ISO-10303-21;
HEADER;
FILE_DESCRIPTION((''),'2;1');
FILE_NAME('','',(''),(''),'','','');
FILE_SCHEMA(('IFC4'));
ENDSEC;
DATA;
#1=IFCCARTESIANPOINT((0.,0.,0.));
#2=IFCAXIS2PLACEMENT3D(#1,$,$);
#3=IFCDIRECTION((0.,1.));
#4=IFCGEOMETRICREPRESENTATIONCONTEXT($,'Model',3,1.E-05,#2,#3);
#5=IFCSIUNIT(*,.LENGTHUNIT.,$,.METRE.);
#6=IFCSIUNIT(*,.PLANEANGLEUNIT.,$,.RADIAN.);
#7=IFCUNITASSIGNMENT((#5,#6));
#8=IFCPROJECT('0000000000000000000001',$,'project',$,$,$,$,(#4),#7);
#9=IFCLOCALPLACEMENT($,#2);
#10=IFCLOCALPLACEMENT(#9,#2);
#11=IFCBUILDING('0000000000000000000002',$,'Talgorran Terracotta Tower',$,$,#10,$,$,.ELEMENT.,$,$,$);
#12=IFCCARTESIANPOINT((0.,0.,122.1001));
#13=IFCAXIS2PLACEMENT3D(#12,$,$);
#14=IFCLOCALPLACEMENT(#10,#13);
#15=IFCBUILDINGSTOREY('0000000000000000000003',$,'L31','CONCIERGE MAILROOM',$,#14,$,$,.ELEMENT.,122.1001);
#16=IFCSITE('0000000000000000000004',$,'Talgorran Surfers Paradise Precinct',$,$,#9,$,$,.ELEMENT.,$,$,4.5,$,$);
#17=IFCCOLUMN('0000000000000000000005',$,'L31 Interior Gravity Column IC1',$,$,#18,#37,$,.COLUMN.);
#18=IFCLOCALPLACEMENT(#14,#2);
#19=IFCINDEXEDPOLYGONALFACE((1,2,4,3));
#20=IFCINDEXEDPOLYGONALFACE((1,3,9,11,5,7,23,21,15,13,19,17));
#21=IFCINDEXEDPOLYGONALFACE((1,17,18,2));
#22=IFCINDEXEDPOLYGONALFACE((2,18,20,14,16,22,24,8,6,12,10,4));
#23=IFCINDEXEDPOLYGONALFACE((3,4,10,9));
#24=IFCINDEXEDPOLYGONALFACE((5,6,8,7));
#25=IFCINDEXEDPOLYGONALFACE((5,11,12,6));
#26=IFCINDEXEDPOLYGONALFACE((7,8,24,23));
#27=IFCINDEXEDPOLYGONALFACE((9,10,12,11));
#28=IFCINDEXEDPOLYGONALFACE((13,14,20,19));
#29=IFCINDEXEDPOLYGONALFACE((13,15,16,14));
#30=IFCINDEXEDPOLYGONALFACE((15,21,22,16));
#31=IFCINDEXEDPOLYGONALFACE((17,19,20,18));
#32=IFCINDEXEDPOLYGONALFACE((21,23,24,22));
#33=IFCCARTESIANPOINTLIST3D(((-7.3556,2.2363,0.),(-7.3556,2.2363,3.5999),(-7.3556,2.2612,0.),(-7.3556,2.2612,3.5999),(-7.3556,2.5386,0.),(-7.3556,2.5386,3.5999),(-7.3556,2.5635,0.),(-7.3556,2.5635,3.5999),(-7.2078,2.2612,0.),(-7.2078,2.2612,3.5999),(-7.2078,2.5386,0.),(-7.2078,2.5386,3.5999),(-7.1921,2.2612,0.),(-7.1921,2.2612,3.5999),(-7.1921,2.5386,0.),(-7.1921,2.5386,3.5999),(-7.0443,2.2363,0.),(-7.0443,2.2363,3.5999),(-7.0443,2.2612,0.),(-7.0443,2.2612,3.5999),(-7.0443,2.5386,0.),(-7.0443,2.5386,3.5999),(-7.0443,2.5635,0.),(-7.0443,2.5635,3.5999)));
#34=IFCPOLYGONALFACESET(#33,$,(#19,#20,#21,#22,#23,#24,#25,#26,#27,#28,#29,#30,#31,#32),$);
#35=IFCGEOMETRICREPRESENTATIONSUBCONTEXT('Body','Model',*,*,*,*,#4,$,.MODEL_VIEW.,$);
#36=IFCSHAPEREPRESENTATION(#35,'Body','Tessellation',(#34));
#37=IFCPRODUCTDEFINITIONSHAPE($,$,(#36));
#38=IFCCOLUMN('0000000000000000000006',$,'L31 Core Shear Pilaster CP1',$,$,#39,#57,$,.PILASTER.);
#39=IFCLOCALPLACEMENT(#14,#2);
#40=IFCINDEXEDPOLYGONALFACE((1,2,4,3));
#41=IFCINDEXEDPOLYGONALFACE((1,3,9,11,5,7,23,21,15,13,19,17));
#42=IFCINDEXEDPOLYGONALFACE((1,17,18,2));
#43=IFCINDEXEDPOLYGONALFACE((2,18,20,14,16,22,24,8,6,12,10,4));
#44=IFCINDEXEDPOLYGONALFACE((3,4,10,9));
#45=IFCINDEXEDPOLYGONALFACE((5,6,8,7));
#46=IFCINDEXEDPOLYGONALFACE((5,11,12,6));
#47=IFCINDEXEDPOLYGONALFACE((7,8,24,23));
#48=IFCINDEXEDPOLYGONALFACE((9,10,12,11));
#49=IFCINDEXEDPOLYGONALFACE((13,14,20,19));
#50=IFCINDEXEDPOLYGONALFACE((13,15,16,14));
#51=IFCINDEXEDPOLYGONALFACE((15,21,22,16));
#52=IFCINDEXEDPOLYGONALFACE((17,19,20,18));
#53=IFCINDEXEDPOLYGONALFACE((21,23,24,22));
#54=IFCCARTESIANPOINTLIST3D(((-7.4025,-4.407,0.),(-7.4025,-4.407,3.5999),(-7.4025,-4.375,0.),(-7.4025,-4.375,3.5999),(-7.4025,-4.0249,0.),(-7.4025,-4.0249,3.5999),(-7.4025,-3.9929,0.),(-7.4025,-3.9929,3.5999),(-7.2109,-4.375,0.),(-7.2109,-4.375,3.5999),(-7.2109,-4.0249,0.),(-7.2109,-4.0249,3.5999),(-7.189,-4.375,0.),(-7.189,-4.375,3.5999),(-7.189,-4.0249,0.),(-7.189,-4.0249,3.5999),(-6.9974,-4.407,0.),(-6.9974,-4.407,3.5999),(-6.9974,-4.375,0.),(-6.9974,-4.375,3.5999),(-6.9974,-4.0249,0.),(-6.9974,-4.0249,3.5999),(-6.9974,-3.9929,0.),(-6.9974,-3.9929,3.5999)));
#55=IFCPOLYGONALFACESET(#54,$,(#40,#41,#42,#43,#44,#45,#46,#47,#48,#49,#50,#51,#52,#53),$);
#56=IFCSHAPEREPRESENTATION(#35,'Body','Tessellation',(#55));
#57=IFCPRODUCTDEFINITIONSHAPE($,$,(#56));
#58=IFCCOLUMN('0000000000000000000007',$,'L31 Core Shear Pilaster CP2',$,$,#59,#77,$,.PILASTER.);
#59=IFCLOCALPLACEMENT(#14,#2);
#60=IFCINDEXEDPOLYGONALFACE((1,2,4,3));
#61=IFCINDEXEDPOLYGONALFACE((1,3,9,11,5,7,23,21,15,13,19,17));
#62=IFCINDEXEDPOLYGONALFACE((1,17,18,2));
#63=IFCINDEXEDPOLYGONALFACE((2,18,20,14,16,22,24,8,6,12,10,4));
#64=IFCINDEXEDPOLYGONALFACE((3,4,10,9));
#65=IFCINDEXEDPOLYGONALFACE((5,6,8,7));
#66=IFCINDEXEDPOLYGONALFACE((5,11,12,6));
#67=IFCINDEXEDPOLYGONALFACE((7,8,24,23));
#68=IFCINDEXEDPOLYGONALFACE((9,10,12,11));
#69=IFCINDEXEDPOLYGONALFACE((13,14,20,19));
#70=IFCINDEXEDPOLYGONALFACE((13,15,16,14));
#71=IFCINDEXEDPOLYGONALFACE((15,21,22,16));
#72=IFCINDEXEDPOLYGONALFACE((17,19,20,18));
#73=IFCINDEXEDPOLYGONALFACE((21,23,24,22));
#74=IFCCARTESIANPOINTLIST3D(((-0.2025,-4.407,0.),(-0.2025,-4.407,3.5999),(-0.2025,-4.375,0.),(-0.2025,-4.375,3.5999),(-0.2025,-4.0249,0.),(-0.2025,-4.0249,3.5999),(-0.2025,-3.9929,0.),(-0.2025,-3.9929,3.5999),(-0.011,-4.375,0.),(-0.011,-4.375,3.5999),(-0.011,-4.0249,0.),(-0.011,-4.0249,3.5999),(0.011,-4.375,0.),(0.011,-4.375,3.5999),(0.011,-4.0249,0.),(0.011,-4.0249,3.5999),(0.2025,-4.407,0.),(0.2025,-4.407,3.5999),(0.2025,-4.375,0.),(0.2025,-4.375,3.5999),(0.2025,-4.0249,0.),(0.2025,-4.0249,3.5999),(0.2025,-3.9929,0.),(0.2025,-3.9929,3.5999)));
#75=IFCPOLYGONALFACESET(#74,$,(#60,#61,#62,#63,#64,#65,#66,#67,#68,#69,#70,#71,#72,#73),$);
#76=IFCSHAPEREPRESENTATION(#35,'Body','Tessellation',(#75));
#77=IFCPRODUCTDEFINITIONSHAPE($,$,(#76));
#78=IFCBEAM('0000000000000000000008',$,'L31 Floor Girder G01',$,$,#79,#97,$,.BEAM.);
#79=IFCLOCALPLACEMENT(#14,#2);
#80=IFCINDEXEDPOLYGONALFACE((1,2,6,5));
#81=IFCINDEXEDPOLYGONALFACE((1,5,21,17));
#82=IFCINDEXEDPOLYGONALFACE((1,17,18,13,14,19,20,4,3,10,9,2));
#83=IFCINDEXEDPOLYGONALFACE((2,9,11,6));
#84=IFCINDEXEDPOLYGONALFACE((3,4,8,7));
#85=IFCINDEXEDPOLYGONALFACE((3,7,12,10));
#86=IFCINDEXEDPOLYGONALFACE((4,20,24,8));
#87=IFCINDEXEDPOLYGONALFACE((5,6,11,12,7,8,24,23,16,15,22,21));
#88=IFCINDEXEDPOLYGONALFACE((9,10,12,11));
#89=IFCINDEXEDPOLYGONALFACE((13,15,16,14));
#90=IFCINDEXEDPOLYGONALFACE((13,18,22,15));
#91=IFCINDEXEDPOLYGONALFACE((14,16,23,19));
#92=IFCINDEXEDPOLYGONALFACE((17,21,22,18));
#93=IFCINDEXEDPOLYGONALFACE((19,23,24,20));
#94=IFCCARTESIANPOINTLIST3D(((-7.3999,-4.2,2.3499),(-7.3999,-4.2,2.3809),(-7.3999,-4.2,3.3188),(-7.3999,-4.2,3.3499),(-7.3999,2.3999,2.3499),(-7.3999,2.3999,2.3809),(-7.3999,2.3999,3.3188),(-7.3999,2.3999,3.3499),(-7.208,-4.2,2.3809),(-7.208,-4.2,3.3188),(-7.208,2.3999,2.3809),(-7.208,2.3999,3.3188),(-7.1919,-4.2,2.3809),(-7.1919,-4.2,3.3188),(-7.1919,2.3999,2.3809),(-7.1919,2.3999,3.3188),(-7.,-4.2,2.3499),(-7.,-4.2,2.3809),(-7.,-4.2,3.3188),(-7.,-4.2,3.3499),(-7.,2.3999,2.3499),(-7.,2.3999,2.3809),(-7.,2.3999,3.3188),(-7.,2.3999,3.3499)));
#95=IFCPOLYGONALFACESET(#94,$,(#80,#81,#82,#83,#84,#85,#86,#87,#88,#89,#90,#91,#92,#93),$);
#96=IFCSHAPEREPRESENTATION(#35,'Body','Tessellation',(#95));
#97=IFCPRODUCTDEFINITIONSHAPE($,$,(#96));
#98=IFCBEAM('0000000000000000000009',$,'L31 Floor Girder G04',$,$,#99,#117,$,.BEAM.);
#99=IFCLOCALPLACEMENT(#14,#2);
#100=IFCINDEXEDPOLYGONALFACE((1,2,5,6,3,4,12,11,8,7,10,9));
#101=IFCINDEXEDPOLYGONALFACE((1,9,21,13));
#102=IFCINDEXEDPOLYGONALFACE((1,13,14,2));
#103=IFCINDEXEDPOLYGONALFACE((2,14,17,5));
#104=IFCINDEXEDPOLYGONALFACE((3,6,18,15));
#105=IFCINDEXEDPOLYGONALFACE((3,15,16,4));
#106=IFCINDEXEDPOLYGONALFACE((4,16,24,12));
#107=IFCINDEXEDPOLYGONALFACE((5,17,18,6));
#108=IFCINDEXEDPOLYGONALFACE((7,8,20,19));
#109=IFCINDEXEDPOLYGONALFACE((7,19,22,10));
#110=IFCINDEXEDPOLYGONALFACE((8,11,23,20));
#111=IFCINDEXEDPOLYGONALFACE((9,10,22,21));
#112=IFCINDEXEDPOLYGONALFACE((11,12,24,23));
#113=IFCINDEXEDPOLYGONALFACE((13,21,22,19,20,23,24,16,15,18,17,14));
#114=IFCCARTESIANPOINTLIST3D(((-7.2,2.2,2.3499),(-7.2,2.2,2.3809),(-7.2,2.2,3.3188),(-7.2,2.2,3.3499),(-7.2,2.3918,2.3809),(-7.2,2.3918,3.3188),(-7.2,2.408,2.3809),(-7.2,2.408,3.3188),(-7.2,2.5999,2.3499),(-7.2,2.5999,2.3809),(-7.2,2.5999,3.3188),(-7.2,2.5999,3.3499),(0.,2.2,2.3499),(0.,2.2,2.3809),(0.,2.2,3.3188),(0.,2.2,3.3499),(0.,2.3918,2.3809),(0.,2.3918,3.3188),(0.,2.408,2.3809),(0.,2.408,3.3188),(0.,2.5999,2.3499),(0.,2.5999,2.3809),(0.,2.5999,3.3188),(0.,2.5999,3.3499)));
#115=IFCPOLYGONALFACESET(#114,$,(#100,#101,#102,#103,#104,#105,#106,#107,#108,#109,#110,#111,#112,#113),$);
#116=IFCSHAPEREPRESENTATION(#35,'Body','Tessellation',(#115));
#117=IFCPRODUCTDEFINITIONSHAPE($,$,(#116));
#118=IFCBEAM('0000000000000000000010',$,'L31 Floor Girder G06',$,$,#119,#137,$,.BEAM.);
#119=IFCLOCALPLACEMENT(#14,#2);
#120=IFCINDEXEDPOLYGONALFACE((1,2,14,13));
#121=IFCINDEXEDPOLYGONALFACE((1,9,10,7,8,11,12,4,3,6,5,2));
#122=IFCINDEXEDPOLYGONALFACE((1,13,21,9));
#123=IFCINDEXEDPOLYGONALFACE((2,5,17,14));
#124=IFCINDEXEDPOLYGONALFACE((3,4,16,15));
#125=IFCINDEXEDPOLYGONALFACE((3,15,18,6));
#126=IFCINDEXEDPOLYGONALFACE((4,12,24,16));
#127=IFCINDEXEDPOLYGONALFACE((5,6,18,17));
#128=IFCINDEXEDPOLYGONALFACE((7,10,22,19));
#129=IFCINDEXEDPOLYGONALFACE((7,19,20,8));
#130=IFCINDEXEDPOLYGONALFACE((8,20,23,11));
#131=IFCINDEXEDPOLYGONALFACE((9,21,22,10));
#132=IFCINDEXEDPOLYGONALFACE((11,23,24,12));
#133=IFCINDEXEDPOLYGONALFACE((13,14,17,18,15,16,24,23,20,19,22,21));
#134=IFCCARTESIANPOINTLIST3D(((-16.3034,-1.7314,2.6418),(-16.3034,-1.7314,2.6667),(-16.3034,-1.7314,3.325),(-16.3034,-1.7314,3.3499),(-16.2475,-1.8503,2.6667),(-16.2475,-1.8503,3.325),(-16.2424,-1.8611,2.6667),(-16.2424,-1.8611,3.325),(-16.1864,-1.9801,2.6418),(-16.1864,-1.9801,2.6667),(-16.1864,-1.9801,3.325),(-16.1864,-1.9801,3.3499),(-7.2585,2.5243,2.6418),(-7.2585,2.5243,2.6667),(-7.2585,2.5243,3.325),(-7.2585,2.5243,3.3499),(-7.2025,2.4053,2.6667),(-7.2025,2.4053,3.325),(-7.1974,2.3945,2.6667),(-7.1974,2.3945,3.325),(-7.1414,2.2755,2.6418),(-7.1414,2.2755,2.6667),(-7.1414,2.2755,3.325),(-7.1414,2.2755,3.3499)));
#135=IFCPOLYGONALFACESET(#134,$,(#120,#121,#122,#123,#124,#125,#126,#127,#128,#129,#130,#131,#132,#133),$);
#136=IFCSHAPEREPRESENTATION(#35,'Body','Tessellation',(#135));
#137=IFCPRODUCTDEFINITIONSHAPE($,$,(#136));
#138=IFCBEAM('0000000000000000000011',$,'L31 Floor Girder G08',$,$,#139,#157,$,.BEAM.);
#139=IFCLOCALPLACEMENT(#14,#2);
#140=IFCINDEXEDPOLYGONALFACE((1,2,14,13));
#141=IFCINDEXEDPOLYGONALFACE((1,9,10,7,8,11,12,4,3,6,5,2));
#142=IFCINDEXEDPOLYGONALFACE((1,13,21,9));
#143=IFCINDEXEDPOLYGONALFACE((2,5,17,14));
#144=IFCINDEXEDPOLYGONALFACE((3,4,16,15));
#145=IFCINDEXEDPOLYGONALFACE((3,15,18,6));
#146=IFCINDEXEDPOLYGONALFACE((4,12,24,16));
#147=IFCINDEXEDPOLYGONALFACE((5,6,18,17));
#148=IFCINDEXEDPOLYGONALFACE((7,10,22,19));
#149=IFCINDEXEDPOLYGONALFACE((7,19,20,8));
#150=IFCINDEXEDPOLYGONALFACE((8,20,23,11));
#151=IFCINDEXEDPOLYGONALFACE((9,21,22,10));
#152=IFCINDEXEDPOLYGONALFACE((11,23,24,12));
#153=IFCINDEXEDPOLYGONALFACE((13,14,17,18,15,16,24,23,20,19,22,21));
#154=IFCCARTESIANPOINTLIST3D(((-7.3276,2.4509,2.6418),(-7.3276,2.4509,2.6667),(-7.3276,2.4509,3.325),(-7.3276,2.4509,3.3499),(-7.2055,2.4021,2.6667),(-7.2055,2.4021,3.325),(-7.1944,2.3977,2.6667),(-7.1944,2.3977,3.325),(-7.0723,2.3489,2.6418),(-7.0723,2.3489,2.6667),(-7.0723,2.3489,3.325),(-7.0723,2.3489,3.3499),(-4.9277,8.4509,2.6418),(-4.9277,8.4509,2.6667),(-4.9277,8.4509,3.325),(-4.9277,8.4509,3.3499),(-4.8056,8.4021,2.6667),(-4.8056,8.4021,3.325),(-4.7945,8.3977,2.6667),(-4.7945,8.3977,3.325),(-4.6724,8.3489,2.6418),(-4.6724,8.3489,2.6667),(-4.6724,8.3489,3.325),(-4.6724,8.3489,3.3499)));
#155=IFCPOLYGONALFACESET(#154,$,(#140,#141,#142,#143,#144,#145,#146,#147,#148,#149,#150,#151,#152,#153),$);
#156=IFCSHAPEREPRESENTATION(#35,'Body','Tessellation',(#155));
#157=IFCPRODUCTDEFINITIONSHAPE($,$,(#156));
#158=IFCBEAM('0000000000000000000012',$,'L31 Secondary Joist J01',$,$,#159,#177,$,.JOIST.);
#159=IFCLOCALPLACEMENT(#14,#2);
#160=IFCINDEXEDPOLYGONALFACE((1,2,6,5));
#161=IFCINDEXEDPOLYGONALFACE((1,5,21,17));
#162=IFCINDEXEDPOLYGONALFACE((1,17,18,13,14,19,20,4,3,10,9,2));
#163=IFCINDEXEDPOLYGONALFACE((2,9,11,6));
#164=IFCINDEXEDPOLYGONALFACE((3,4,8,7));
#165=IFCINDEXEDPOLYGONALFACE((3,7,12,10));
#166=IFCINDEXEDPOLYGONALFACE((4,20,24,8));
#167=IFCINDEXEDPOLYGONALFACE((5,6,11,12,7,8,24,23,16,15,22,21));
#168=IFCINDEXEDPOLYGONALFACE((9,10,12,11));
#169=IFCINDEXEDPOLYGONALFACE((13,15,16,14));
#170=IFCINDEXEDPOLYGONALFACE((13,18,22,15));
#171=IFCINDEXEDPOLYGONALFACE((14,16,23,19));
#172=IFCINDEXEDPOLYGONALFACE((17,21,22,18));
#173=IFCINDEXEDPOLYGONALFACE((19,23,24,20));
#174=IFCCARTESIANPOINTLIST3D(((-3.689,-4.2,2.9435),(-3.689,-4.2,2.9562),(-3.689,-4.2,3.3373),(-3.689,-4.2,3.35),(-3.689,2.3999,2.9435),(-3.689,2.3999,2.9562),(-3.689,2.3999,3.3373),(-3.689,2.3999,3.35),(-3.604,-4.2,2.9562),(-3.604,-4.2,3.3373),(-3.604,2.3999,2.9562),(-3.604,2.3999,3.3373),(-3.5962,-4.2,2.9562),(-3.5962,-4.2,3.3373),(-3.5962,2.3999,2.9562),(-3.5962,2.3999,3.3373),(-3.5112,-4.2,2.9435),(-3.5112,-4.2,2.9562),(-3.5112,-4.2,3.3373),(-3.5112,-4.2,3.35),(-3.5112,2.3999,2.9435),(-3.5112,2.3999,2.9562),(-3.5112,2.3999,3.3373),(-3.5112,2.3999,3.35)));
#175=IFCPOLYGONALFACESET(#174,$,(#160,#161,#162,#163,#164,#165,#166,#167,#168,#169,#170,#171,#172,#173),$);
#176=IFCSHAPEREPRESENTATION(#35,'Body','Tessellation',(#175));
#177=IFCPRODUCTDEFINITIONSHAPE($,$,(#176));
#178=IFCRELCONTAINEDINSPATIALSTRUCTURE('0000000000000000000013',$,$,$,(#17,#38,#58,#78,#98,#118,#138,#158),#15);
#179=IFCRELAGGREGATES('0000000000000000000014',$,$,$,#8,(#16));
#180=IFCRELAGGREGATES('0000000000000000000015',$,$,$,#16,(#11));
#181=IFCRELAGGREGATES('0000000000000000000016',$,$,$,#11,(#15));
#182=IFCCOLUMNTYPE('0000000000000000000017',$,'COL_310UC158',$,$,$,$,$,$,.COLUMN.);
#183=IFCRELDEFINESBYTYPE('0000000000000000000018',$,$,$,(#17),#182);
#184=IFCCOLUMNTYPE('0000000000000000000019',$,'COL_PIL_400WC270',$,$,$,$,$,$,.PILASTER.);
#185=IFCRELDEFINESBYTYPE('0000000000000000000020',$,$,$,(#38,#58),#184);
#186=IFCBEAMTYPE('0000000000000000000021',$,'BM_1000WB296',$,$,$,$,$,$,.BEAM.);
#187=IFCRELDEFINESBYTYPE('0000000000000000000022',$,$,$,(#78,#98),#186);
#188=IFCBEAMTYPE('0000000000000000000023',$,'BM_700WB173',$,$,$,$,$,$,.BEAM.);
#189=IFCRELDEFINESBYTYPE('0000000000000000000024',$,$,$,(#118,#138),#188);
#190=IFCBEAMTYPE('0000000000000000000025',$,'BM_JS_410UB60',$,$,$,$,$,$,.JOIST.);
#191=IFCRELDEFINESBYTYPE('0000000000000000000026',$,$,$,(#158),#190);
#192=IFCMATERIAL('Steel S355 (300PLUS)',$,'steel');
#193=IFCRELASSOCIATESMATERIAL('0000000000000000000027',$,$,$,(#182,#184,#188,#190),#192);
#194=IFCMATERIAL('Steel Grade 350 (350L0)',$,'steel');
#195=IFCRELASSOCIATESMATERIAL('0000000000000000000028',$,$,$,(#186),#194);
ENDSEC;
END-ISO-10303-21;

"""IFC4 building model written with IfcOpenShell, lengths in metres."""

from ifc_helpers import new_model, si_unit, direction, frame, origin, origin_2d, place, context, subcontext, project, spatial, i_section, extrude, material, material_profile, profile_set, type_object, element, save


model = new_model("IFC4")

# Units and contexts
model_context = context("Model", 3, precision=1e-05, world=origin(), true_north=direction((0.0, 1.0)))
body_context = subcontext(model_context, "Body", "Model", "MODEL_VIEW")
ifc_project = project(units=[si_unit("LENGTHUNIT", "METRE"), si_unit("PLANEANGLEUNIT", "RADIAN")], contexts=[model_context])

# Site, building, storey
site_placement = place(None, origin())
site = spatial("IfcSite", under=ifc_project, at=site_placement, Name="Talgorran Surfers Paradise Precinct", CompositionType="ELEMENT", RefElevation=4.5)
building_placement = place(site_placement, origin())
building = spatial("IfcBuilding", under=site, at=building_placement, Name="Talgorran Terracotta Tower", CompositionType="ELEMENT")
storey_placement = place(building_placement, frame((0.0, 0.0, 122.1001)))
storey = spatial("IfcBuildingStorey", under=building, at=storey_placement, Name="L31", Description="CONCIERGE MAILROOM", CompositionType="ELEMENT", Elevation=122.1001)

# Columns
ifc_material_1 = material(Name="Steel S355 (300PLUS)", Category="steel")
ifc_material_profile_1 = material_profile(ifc_material_1, i_section(OverallWidth=0.3113, OverallDepth=0.3271, WebThickness=0.0156, FlangeThickness=0.0249, at=origin_2d()), Name="310UC158")
ifc_profile_set_1 = profile_set([ifc_material_profile_1], Name="Steel S355 (300PLUS)")
column_type_1 = type_object("IfcColumnType", Name="COL_310UC158", PredefinedType="COLUMN", material=ifc_profile_set_1)
column_placement = place(storey_placement, frame((-7.2, 2.3999, 0.0), z_axis=(0.0, 0.0, 1.0), x_axis=(1.0, 0.0, 0.0)))
element("IfcColumn", 1, at=column_placement, inside=storey, type_object=column_type_1, Name="L31 Interior Gravity Column IC1", PredefinedType="COLUMN", context=body_context, shape_type="SweptSolid", body=[
    extrude(i_section(OverallWidth=0.3113, OverallDepth=0.3271, WebThickness=0.0156, FlangeThickness=0.0249, at=origin_2d()), origin(), (0.0, 0.0, 1.0), 3.5999),
])
ifc_material_profile_2 = material_profile(ifc_material_1, i_section(OverallWidth=0.405, OverallDepth=0.4141, WebThickness=0.022, FlangeThickness=0.032, at=origin_2d()), Name="400WC270")
ifc_profile_set_2 = profile_set([ifc_material_profile_2], Name="Steel S355 (300PLUS)")
column_type_2 = type_object("IfcColumnType", Name="COL_PIL_400WC270", PredefinedType="PILASTER", material=ifc_profile_set_2)
for number, where, z_axis, x_axis, name in (
    (2, (-7.2, -4.2, 0.0), (0.0, 0.0, 1.0), (1.0, 0.0, 0.0), "L31 Core Shear Pilaster CP1"),
    (3, (0.0, -4.2, 0.0), (0.0, 0.0, 1.0), (1.0, 0.0, 0.0), "L31 Core Shear Pilaster CP2"),
):
    element("IfcColumn", number, at=place(storey_placement, frame(where, z_axis=z_axis, x_axis=x_axis)), inside=storey, type_object=column_type_2, Name=name, PredefinedType="PILASTER", context=body_context, shape_type="SweptSolid", body=[
        extrude(i_section(OverallWidth=0.405, OverallDepth=0.4141, WebThickness=0.022, FlangeThickness=0.032, at=origin_2d()), origin(), (0.0, 0.0, 1.0), 3.5999),
    ])

# Beams
ifc_material_2 = material(Name="Steel Grade 350 (350L0)", Category="steel")
ifc_material_profile_3 = material_profile(ifc_material_2, i_section(OverallWidth=0.3999, OverallDepth=1.0, WebThickness=0.0161, FlangeThickness=0.031, at=origin_2d()), Name="1000WB296")
ifc_profile_set_3 = profile_set([ifc_material_profile_3], Name="Steel Grade 350 (350L0)")
beam_type_1 = type_object("IfcBeamType", Name="BM_1000WB296", PredefinedType="BEAM", material=ifc_profile_set_3)
beam_1_placement = place(storey_placement, frame((-7.2, -4.2, 2.8499), z_axis=(0.0, 1.0, 0.0), x_axis=(-1.0, 0.0, 0.0)))
element("IfcBeam", 4, at=beam_1_placement, inside=storey, type_object=beam_type_1, Name="L31 Floor Girder G01", PredefinedType="BEAM", context=body_context, shape_type="SweptSolid", body=[
    extrude(i_section(OverallWidth=0.3999, OverallDepth=1.0, WebThickness=0.0161, FlangeThickness=0.031, at=origin_2d()), origin(), (0.0, 0.0, 1.0), 6.5999),
])
beam_2_placement = place(storey_placement, frame((-7.2, 2.3999, 2.8499), z_axis=(1.0, 0.0, 0.0), x_axis=(0.0, 1.0, 0.0)))
element("IfcBeam", 5, at=beam_2_placement, inside=storey, type_object=beam_type_1, Name="L31 Floor Girder G04", PredefinedType="BEAM", context=body_context, shape_type="SweptSolid", body=[
    extrude(i_section(OverallWidth=0.3999, OverallDepth=1.0, WebThickness=0.0161, FlangeThickness=0.031, at=origin_2d()), origin(), (0.0, 0.0, 1.0), 7.2),
])
ifc_material_profile_4 = material_profile(ifc_material_1, i_section(OverallWidth=0.2749, OverallDepth=0.708, WebThickness=0.012, FlangeThickness=0.0249, at=origin_2d()), Name="700WB173")
ifc_profile_set_4 = profile_set([ifc_material_profile_4], Name="Steel S355 (300PLUS)")
beam_type_2 = type_object("IfcBeamType", Name="BM_700WB173", PredefinedType="BEAM", material=ifc_profile_set_4)
beam_3_placement = place(storey_placement, frame((-7.2, 2.3999, 2.9958), z_axis=(-0.90485, -0.42573, 0.0), x_axis=(0.42573, -0.90485, 0.0)))
element("IfcBeam", 6, at=beam_3_placement, inside=storey, type_object=beam_type_2, Name="L31 Floor Girder G06", PredefinedType="BEAM", context=body_context, shape_type="SweptSolid", body=[
    extrude(i_section(OverallWidth=0.2749, OverallDepth=0.708, WebThickness=0.012, FlangeThickness=0.0249, at=origin_2d()), origin(), (0.0, 0.0, 1.0), 9.9961),
])
beam_4_placement = place(storey_placement, frame((-7.2, 2.3999, 2.9958), z_axis=(0.371378, 0.928482, 0.0), x_axis=(-0.928482, 0.371378, 0.0)))
element("IfcBeam", 7, at=beam_4_placement, inside=storey, type_object=beam_type_2, Name="L31 Floor Girder G08", PredefinedType="BEAM", context=body_context, shape_type="SweptSolid", body=[
    extrude(i_section(OverallWidth=0.2749, OverallDepth=0.708, WebThickness=0.012, FlangeThickness=0.0249, at=origin_2d()), origin(), (0.0, 0.0, 1.0), 6.4622),
])
ifc_material_profile_5 = material_profile(ifc_material_1, i_section(OverallWidth=0.1777, OverallDepth=0.4065, WebThickness=0.0078, FlangeThickness=0.0127, at=origin_2d()), Name="410UB59.7")
ifc_profile_set_5 = profile_set([ifc_material_profile_5], Name="Steel S355 (300PLUS)")
beam_type_3 = type_object("IfcBeamType", Name="BM_JS_410UB60", PredefinedType="JOIST", material=ifc_profile_set_5)
beam_5_placement = place(storey_placement, frame((-3.6001, -4.2, 3.1467), z_axis=(0.0, 1.0, 0.0), x_axis=(-1.0, 0.0, 0.0)))
element("IfcBeam", 8, at=beam_5_placement, inside=storey, type_object=beam_type_3, Name="L31 Secondary Joist J01", PredefinedType="JOIST", context=body_context, shape_type="SweptSolid", body=[
    extrude(i_section(OverallWidth=0.1777, OverallDepth=0.4065, WebThickness=0.0078, FlangeThickness=0.0127, at=origin_2d()), origin(), (0.0, 0.0, 1.0), 6.5999),
])

save(model, "model.ifc")
